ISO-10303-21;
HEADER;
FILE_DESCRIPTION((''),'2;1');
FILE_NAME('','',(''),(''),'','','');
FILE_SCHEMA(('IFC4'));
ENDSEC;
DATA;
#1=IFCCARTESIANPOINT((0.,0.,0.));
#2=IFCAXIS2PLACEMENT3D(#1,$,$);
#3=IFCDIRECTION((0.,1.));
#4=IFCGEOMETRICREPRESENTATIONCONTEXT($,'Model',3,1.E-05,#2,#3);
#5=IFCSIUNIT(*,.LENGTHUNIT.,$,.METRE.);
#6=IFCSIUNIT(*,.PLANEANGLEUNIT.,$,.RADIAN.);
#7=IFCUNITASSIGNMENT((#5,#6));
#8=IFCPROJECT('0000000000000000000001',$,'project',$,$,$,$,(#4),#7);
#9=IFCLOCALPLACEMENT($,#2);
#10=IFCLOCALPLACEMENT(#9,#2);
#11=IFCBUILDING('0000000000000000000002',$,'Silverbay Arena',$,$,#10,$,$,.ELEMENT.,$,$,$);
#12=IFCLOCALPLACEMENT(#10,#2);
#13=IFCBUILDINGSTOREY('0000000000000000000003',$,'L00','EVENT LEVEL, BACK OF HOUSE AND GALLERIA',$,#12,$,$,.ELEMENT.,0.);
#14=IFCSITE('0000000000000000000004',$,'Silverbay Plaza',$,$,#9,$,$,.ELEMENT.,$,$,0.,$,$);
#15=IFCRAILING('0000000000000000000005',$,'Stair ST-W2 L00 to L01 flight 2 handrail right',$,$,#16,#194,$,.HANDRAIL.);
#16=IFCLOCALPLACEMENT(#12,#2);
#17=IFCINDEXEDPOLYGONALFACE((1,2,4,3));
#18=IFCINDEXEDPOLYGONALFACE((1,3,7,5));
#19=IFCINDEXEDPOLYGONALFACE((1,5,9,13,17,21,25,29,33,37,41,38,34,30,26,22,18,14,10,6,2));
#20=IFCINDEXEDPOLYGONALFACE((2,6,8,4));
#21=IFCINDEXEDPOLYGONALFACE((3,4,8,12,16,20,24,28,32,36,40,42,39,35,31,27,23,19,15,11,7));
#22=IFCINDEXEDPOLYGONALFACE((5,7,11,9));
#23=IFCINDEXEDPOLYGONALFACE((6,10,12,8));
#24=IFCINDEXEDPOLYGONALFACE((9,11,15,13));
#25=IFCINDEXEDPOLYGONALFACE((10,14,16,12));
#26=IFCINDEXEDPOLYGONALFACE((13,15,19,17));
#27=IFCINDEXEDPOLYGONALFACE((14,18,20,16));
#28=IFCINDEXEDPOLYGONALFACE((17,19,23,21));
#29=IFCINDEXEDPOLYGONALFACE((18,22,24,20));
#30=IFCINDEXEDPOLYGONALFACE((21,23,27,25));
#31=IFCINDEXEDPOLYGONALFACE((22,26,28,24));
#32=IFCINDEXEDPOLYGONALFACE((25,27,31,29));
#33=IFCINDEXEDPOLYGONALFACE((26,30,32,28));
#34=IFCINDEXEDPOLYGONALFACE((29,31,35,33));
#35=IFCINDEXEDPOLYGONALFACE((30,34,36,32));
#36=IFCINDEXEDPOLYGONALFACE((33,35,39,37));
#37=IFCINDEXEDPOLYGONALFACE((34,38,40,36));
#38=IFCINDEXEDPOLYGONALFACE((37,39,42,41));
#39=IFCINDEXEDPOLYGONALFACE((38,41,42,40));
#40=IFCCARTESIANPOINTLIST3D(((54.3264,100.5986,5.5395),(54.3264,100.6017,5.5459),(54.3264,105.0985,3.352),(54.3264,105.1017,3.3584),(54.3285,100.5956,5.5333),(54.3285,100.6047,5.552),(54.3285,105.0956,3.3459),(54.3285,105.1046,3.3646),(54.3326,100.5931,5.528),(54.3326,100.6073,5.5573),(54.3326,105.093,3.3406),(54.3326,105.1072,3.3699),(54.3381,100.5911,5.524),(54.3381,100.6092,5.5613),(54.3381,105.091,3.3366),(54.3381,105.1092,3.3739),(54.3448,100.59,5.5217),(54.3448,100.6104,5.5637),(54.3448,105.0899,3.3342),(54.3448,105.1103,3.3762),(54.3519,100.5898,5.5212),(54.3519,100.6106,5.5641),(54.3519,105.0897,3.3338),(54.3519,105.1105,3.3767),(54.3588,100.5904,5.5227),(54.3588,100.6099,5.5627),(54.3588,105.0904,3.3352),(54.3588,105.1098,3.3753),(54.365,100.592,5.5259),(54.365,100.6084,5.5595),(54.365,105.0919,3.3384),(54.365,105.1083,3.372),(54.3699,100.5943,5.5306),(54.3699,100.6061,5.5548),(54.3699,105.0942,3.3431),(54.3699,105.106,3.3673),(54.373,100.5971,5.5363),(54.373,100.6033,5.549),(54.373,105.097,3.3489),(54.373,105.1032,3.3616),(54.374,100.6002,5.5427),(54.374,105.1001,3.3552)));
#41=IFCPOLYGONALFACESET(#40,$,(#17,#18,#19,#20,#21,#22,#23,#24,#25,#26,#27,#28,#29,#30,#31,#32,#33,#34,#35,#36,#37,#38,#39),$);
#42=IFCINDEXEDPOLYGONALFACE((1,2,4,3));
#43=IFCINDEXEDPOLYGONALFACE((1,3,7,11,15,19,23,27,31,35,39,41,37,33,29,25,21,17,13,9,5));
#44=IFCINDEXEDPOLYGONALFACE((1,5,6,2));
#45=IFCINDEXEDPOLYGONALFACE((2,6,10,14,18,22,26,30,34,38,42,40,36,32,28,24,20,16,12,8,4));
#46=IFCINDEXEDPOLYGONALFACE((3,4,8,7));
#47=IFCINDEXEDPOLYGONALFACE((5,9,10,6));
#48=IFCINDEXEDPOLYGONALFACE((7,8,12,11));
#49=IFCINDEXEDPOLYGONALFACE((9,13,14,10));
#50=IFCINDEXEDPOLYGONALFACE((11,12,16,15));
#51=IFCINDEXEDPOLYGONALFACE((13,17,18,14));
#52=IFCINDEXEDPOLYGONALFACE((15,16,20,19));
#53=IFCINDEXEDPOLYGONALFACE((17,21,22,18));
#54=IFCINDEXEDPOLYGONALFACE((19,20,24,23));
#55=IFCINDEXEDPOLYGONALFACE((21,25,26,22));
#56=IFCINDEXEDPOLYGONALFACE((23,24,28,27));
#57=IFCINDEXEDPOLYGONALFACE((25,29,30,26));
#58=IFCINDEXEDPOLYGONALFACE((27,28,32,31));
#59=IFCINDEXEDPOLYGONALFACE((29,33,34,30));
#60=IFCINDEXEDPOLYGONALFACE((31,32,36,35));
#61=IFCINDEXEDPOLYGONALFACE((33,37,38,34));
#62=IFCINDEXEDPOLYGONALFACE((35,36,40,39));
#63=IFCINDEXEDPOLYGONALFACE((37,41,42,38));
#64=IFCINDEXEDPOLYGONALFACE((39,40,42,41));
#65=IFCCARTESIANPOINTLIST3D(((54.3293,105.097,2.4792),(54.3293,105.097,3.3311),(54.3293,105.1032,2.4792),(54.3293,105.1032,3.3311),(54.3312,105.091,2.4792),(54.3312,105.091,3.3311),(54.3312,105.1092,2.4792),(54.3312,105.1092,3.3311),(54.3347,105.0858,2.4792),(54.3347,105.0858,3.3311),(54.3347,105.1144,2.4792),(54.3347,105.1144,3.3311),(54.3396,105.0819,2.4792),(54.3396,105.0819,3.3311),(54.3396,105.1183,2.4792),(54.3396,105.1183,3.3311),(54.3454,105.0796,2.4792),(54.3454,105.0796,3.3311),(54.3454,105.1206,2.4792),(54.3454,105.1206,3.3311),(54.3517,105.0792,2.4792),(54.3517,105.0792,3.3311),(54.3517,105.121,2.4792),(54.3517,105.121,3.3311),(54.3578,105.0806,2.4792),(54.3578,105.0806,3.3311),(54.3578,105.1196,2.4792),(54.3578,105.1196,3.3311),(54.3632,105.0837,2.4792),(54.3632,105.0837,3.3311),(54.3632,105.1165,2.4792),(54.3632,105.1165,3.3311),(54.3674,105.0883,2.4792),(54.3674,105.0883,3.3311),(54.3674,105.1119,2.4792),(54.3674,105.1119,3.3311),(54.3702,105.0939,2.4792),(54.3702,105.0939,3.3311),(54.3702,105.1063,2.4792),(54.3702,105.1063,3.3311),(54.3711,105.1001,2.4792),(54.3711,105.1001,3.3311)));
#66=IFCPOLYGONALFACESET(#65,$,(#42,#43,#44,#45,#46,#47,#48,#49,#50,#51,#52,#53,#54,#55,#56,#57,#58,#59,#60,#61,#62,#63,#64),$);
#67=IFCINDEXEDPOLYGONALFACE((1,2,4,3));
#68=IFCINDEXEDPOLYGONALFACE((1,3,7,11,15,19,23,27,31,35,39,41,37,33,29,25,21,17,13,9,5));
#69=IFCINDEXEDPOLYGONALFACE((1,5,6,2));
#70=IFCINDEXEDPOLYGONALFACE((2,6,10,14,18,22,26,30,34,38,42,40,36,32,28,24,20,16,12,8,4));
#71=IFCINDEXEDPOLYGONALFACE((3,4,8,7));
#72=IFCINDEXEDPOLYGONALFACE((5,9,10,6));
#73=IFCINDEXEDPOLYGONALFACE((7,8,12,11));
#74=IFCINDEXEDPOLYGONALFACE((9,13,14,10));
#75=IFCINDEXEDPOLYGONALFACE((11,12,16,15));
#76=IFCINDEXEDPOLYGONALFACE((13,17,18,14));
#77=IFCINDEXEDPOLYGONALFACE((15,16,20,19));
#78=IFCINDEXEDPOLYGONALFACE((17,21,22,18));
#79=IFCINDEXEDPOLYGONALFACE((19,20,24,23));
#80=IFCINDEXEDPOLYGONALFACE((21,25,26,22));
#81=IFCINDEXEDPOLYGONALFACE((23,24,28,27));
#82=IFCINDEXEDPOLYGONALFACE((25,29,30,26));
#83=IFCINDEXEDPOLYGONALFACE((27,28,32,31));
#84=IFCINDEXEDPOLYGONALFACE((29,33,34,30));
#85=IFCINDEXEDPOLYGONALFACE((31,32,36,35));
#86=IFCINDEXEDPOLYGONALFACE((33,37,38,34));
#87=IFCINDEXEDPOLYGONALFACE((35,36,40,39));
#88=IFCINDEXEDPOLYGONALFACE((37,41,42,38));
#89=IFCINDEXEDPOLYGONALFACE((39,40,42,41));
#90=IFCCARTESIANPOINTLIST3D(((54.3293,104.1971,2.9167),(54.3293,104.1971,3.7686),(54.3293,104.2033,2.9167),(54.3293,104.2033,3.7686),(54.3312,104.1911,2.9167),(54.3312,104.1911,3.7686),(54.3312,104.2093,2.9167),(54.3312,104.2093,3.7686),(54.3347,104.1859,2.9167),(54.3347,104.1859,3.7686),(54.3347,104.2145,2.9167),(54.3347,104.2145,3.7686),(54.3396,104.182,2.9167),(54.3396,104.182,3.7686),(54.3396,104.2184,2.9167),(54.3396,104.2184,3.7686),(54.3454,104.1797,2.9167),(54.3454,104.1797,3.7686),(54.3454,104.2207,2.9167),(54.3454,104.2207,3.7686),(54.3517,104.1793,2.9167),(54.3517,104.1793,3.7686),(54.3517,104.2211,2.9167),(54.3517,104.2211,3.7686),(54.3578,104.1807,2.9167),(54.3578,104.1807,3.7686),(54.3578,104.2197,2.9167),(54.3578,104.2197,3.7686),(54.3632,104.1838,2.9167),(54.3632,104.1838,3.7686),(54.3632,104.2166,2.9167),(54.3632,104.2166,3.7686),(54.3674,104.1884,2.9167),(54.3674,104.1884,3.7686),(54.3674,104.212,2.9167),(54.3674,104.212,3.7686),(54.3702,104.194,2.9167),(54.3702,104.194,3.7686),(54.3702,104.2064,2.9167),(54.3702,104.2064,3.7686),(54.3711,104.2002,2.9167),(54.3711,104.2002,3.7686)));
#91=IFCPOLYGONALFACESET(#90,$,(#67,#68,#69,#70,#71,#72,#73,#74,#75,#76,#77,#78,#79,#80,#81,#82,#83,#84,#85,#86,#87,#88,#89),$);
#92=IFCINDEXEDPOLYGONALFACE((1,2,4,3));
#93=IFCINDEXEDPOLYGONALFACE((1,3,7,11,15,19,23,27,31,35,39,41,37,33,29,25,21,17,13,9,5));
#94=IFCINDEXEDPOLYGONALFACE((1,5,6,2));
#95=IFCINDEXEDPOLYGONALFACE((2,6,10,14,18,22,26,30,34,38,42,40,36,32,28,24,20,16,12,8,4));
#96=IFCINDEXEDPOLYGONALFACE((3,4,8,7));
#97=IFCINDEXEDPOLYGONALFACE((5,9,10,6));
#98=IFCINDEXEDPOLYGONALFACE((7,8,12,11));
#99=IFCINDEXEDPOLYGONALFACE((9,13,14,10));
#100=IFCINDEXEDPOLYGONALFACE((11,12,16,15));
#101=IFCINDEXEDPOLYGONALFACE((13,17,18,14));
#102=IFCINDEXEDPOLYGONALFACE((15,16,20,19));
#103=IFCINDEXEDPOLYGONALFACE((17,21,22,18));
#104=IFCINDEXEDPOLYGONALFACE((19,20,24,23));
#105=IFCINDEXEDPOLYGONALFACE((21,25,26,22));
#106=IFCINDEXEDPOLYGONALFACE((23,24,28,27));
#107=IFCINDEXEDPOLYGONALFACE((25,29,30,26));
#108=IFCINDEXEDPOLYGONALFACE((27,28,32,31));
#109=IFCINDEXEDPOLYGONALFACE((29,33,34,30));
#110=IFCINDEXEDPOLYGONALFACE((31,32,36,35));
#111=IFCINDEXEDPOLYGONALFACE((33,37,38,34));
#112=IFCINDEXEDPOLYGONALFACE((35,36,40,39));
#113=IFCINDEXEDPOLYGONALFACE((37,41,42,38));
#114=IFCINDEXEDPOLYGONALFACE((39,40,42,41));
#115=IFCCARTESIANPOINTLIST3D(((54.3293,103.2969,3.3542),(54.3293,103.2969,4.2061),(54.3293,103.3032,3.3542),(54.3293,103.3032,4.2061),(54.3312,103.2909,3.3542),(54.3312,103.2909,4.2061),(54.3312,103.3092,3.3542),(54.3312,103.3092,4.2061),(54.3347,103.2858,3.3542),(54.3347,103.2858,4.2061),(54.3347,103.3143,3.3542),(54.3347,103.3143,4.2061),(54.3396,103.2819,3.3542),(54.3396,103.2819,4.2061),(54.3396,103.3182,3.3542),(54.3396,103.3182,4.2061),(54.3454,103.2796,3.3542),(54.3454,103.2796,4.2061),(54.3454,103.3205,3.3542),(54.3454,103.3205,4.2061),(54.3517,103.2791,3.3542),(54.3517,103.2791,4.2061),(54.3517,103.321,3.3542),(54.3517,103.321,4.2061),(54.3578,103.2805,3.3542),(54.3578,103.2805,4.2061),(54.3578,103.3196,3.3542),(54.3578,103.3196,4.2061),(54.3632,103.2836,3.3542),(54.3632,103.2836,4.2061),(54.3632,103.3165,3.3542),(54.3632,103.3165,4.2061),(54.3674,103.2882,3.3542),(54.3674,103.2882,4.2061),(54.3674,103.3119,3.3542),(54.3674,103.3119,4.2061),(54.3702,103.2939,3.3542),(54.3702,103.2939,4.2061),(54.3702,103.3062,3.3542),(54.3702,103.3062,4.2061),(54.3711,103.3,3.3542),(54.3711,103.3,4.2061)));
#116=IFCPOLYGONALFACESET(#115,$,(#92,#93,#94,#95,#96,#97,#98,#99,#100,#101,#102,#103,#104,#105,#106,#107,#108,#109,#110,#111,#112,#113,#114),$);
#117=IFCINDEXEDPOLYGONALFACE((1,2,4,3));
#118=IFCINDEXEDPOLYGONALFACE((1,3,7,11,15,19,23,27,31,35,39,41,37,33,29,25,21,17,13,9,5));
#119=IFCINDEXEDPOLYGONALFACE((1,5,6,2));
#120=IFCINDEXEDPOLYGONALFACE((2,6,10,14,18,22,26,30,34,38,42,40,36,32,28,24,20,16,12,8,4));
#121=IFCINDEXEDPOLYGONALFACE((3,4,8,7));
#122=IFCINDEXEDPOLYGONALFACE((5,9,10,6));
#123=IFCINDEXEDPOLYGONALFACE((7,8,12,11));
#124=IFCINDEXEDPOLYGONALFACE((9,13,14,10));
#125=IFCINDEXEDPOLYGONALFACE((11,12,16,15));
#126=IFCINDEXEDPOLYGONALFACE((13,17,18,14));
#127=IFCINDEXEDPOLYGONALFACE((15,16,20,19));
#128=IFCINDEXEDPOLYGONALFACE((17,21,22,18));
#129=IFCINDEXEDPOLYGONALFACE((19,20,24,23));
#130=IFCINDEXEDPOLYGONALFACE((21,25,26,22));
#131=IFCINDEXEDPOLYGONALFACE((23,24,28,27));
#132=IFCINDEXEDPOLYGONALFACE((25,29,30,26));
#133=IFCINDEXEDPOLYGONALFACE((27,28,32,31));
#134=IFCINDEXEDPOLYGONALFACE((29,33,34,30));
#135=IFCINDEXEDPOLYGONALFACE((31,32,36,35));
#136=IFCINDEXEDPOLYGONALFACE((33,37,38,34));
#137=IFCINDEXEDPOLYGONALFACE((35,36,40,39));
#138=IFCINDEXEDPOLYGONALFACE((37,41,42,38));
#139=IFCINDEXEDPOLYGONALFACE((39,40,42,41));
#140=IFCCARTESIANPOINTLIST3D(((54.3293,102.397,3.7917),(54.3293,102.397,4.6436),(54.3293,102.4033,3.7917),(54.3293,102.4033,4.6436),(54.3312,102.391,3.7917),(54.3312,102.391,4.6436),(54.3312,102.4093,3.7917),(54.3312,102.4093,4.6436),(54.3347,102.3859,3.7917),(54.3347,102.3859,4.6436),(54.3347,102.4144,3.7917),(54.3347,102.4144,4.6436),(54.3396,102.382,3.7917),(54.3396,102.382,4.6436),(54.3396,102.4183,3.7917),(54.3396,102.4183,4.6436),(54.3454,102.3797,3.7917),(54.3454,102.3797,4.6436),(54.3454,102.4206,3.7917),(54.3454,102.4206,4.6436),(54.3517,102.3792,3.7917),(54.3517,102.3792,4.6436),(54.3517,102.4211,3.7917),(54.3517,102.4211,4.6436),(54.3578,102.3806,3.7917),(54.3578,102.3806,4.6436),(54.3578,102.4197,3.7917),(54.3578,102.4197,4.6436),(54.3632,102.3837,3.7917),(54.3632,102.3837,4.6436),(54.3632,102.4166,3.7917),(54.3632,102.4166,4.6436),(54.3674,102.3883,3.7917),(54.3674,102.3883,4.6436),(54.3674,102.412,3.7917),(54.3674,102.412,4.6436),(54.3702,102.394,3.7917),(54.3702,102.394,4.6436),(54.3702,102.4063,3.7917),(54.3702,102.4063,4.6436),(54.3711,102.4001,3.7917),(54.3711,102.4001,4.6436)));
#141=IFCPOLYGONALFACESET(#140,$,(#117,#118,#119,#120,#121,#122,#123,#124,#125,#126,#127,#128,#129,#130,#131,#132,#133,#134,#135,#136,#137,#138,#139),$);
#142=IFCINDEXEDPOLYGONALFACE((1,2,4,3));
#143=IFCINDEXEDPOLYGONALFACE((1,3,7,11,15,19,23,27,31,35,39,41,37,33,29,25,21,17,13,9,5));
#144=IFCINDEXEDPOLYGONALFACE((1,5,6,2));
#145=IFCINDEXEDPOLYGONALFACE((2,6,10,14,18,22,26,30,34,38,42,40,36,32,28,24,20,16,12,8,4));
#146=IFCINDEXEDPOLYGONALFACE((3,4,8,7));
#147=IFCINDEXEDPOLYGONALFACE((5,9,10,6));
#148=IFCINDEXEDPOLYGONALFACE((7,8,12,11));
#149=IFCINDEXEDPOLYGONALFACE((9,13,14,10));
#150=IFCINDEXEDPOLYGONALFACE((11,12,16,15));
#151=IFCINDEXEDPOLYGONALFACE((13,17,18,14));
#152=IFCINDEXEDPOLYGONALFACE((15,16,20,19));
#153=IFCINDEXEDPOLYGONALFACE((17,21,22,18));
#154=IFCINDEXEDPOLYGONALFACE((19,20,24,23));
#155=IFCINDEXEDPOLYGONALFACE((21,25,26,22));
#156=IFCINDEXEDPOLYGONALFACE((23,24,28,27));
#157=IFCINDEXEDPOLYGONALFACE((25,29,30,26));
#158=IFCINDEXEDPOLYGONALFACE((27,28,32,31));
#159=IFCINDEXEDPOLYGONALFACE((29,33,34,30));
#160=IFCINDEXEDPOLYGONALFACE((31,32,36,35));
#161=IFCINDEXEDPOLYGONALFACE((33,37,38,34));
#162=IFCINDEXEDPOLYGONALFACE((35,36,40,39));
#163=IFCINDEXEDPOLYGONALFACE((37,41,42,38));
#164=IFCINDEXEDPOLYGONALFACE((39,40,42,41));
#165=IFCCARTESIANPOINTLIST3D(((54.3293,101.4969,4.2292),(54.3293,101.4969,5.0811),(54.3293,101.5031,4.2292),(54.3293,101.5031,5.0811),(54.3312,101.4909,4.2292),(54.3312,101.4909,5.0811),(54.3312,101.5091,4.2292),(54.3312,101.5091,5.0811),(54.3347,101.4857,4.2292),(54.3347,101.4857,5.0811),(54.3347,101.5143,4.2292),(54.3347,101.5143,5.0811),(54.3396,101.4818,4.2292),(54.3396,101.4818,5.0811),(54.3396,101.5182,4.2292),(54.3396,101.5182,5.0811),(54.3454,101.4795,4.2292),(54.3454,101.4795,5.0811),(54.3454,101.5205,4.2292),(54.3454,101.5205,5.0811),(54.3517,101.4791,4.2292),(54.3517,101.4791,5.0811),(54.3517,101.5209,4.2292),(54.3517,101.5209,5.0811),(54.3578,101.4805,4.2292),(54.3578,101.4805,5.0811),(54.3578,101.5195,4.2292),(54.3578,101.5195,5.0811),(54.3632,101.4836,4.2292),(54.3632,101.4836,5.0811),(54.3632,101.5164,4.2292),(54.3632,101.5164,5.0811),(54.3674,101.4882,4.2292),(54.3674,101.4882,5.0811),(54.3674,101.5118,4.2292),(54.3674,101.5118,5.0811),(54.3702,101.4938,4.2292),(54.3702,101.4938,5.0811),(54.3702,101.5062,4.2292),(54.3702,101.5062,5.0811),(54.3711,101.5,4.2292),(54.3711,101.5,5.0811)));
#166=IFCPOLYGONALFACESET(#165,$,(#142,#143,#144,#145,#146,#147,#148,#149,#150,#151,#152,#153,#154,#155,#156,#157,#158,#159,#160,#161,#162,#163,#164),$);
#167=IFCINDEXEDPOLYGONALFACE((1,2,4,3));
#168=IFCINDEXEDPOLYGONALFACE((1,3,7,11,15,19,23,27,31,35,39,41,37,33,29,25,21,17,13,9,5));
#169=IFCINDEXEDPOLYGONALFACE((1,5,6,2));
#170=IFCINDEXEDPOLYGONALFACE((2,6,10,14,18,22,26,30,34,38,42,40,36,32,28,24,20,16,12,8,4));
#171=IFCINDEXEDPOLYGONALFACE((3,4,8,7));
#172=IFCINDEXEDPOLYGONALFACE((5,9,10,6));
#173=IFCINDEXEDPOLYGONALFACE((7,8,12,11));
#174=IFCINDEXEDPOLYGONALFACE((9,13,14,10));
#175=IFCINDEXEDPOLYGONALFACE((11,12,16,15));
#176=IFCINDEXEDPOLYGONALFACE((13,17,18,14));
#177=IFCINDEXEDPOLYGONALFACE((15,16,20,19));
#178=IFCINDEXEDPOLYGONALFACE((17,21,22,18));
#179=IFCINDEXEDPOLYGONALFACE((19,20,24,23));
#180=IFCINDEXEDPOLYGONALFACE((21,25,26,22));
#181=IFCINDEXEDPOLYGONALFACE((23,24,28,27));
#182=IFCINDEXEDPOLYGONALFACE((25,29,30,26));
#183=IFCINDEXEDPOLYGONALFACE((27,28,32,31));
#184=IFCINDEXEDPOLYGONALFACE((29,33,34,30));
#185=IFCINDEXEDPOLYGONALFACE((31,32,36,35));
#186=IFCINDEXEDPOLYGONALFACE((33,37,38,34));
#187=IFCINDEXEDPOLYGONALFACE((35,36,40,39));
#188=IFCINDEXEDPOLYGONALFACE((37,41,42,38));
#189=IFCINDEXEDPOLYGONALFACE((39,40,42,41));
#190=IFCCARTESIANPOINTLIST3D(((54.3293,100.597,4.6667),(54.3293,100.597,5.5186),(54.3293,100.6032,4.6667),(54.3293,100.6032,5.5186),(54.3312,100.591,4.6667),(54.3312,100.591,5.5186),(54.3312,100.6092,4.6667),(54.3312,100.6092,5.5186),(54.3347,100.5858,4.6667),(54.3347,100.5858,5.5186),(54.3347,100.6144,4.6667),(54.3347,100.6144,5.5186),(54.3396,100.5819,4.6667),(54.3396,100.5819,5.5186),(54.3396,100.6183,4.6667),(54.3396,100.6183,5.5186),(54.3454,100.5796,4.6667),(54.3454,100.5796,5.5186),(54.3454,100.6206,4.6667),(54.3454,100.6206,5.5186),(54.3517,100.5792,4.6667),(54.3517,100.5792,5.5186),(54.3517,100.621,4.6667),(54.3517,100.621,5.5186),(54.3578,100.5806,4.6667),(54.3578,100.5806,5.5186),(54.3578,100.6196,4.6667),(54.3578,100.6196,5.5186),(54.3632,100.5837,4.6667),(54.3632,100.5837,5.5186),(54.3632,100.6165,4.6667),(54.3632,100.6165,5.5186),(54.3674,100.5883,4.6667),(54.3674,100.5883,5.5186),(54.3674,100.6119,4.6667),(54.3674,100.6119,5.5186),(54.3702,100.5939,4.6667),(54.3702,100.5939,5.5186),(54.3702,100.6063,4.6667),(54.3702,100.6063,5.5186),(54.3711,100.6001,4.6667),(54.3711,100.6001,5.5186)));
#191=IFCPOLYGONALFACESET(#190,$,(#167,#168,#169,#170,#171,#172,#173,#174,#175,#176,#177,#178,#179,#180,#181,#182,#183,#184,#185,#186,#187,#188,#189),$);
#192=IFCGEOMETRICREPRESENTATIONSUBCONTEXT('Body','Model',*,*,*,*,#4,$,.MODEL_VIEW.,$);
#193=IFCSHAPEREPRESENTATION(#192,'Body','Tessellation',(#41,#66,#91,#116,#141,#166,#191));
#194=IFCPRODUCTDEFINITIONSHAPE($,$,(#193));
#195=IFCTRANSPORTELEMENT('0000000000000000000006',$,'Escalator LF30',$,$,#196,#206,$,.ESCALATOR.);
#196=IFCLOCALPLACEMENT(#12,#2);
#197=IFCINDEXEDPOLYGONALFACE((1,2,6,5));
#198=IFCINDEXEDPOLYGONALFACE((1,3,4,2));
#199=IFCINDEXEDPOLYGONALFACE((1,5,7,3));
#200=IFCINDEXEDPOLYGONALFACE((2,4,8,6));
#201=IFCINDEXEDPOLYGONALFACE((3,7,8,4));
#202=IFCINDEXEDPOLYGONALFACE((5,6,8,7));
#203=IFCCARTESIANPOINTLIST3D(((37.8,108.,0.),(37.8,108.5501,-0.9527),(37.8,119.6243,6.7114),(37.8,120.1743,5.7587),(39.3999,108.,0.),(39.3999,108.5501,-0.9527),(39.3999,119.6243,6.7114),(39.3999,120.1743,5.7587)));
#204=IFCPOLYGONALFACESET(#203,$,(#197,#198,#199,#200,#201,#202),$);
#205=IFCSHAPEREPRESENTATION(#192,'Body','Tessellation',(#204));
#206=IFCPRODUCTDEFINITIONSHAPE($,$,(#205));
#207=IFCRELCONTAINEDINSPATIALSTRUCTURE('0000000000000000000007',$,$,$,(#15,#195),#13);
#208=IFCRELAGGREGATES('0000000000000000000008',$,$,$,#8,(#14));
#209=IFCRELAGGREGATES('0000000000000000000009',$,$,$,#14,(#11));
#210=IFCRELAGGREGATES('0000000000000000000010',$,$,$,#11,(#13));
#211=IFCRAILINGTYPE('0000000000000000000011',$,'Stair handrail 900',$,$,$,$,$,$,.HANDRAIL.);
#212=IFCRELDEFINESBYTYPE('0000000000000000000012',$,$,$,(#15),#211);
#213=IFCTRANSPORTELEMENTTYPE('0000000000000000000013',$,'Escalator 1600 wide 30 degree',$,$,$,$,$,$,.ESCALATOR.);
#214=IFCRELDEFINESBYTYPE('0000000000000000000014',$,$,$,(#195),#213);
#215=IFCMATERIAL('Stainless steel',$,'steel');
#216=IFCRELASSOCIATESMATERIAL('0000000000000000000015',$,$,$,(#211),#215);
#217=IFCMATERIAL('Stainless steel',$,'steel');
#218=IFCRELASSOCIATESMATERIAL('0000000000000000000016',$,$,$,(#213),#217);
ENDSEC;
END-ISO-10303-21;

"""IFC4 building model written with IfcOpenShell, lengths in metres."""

from ifc_helpers import new_model, si_unit, direction, frame, origin, origin_2d, place, context, subcontext, project, spatial, polyline, circle, outline, extrude, material, type_object, element, save


model = new_model("IFC4")

# Units and contexts
model_context = context("Model", 3, precision=1e-05, world=origin(), true_north=direction((0.0, 1.0)))
body_context = subcontext(model_context, "Body", "Model", "MODEL_VIEW")
ifc_project = project(units=[si_unit("LENGTHUNIT", "METRE"), si_unit("PLANEANGLEUNIT", "RADIAN")], contexts=[model_context])

# Site, building, storey
site_placement = place(None, origin())
site = spatial("IfcSite", under=ifc_project, at=site_placement, Name="Silverbay Plaza", CompositionType="ELEMENT", RefElevation=0.0)
building_placement = place(site_placement, origin())
building = spatial("IfcBuilding", under=site, at=building_placement, Name="Silverbay Arena", CompositionType="ELEMENT")
storey_placement = place(building_placement, origin())
storey = spatial("IfcBuildingStorey", under=building, at=storey_placement, Name="L00", Description="EVENT LEVEL, BACK OF HOUSE AND GALLERIA", CompositionType="ELEMENT", Elevation=0.0)

# Railing
ifc_material_1 = material(Name="Stainless steel", Category="steel")
railing_type_1 = type_object("IfcRailingType", Name="Stair handrail 900", PredefinedType="HANDRAIL", material=ifc_material_1)
for number, where, name in (
    (1, (54.3501, 105.1001, 2.4792), "Stair ST-W2 L00 to L01 flight 2 handrail right"),
):
    element("IfcRailing", number, at=place(storey_placement, frame(where)), inside=storey, type_object=railing_type_1, Name=name, PredefinedType="HANDRAIL", context=body_context, shape_type="SweptSolid", body=[
        extrude(circle(Radius=0.0239, at=origin_2d()), frame((0.0, 0.0, 0.876), z_axis=(0.0, -0.899368, 0.437193), x_axis=(1.0, 0.0, 0.0)), (0.0, 0.0, 1.0), 5.0034),
        extrude(circle(Radius=0.021, at=origin_2d()), origin(), (0.0, 0.0, 1.0), 0.8518),
        extrude(circle(Radius=0.021, at=origin_2d()), frame((0.0, -0.8999, 0.4375)), (0.0, 0.0, 1.0), 0.8518),
        extrude(circle(Radius=0.021, at=origin_2d()), frame((0.0, -1.8, 0.875)), (0.0, 0.0, 1.0), 0.8518),
        extrude(circle(Radius=0.021, at=origin_2d()), frame((0.0, -2.7, 1.3125)), (0.0, 0.0, 1.0), 0.8518),
        extrude(circle(Radius=0.021, at=origin_2d()), frame((0.0, -3.6001, 1.75)), (0.0, 0.0, 1.0), 0.8518),
        extrude(circle(Radius=0.021, at=origin_2d()), frame((0.0, -4.5, 2.1875)), (0.0, 0.0, 1.0), 0.8518),
    ])

# Transport element
ifc_material_2 = material(Name="Stainless steel", Category="steel")
transport_element_type = type_object("IfcTransportElementType", Name="Escalator 1600 wide 30 degree", PredefinedType="ESCALATOR", material=ifc_material_2)
transport_element_placement = place(storey_placement, frame((37.8, 108.0, 0.0), z_axis=(0.0, -0.500008, 0.866021), x_axis=(1.0, 0.0, 0.0)))
element("IfcTransportElement", 2, at=transport_element_placement, inside=storey, type_object=transport_element_type, Name="Escalator LF30", PredefinedType="ESCALATOR", context=body_context, shape_type="SweptSolid", body=[
    extrude(outline(polyline([(0.0, 0.0), (1.5999, 0.0), (1.5999, 13.4226), (0.0, 13.4226), (0.0, 0.0)])), origin(), (0.0, 0.0, -1.0), 1.1001),
])

save(model, "model.ifc")
